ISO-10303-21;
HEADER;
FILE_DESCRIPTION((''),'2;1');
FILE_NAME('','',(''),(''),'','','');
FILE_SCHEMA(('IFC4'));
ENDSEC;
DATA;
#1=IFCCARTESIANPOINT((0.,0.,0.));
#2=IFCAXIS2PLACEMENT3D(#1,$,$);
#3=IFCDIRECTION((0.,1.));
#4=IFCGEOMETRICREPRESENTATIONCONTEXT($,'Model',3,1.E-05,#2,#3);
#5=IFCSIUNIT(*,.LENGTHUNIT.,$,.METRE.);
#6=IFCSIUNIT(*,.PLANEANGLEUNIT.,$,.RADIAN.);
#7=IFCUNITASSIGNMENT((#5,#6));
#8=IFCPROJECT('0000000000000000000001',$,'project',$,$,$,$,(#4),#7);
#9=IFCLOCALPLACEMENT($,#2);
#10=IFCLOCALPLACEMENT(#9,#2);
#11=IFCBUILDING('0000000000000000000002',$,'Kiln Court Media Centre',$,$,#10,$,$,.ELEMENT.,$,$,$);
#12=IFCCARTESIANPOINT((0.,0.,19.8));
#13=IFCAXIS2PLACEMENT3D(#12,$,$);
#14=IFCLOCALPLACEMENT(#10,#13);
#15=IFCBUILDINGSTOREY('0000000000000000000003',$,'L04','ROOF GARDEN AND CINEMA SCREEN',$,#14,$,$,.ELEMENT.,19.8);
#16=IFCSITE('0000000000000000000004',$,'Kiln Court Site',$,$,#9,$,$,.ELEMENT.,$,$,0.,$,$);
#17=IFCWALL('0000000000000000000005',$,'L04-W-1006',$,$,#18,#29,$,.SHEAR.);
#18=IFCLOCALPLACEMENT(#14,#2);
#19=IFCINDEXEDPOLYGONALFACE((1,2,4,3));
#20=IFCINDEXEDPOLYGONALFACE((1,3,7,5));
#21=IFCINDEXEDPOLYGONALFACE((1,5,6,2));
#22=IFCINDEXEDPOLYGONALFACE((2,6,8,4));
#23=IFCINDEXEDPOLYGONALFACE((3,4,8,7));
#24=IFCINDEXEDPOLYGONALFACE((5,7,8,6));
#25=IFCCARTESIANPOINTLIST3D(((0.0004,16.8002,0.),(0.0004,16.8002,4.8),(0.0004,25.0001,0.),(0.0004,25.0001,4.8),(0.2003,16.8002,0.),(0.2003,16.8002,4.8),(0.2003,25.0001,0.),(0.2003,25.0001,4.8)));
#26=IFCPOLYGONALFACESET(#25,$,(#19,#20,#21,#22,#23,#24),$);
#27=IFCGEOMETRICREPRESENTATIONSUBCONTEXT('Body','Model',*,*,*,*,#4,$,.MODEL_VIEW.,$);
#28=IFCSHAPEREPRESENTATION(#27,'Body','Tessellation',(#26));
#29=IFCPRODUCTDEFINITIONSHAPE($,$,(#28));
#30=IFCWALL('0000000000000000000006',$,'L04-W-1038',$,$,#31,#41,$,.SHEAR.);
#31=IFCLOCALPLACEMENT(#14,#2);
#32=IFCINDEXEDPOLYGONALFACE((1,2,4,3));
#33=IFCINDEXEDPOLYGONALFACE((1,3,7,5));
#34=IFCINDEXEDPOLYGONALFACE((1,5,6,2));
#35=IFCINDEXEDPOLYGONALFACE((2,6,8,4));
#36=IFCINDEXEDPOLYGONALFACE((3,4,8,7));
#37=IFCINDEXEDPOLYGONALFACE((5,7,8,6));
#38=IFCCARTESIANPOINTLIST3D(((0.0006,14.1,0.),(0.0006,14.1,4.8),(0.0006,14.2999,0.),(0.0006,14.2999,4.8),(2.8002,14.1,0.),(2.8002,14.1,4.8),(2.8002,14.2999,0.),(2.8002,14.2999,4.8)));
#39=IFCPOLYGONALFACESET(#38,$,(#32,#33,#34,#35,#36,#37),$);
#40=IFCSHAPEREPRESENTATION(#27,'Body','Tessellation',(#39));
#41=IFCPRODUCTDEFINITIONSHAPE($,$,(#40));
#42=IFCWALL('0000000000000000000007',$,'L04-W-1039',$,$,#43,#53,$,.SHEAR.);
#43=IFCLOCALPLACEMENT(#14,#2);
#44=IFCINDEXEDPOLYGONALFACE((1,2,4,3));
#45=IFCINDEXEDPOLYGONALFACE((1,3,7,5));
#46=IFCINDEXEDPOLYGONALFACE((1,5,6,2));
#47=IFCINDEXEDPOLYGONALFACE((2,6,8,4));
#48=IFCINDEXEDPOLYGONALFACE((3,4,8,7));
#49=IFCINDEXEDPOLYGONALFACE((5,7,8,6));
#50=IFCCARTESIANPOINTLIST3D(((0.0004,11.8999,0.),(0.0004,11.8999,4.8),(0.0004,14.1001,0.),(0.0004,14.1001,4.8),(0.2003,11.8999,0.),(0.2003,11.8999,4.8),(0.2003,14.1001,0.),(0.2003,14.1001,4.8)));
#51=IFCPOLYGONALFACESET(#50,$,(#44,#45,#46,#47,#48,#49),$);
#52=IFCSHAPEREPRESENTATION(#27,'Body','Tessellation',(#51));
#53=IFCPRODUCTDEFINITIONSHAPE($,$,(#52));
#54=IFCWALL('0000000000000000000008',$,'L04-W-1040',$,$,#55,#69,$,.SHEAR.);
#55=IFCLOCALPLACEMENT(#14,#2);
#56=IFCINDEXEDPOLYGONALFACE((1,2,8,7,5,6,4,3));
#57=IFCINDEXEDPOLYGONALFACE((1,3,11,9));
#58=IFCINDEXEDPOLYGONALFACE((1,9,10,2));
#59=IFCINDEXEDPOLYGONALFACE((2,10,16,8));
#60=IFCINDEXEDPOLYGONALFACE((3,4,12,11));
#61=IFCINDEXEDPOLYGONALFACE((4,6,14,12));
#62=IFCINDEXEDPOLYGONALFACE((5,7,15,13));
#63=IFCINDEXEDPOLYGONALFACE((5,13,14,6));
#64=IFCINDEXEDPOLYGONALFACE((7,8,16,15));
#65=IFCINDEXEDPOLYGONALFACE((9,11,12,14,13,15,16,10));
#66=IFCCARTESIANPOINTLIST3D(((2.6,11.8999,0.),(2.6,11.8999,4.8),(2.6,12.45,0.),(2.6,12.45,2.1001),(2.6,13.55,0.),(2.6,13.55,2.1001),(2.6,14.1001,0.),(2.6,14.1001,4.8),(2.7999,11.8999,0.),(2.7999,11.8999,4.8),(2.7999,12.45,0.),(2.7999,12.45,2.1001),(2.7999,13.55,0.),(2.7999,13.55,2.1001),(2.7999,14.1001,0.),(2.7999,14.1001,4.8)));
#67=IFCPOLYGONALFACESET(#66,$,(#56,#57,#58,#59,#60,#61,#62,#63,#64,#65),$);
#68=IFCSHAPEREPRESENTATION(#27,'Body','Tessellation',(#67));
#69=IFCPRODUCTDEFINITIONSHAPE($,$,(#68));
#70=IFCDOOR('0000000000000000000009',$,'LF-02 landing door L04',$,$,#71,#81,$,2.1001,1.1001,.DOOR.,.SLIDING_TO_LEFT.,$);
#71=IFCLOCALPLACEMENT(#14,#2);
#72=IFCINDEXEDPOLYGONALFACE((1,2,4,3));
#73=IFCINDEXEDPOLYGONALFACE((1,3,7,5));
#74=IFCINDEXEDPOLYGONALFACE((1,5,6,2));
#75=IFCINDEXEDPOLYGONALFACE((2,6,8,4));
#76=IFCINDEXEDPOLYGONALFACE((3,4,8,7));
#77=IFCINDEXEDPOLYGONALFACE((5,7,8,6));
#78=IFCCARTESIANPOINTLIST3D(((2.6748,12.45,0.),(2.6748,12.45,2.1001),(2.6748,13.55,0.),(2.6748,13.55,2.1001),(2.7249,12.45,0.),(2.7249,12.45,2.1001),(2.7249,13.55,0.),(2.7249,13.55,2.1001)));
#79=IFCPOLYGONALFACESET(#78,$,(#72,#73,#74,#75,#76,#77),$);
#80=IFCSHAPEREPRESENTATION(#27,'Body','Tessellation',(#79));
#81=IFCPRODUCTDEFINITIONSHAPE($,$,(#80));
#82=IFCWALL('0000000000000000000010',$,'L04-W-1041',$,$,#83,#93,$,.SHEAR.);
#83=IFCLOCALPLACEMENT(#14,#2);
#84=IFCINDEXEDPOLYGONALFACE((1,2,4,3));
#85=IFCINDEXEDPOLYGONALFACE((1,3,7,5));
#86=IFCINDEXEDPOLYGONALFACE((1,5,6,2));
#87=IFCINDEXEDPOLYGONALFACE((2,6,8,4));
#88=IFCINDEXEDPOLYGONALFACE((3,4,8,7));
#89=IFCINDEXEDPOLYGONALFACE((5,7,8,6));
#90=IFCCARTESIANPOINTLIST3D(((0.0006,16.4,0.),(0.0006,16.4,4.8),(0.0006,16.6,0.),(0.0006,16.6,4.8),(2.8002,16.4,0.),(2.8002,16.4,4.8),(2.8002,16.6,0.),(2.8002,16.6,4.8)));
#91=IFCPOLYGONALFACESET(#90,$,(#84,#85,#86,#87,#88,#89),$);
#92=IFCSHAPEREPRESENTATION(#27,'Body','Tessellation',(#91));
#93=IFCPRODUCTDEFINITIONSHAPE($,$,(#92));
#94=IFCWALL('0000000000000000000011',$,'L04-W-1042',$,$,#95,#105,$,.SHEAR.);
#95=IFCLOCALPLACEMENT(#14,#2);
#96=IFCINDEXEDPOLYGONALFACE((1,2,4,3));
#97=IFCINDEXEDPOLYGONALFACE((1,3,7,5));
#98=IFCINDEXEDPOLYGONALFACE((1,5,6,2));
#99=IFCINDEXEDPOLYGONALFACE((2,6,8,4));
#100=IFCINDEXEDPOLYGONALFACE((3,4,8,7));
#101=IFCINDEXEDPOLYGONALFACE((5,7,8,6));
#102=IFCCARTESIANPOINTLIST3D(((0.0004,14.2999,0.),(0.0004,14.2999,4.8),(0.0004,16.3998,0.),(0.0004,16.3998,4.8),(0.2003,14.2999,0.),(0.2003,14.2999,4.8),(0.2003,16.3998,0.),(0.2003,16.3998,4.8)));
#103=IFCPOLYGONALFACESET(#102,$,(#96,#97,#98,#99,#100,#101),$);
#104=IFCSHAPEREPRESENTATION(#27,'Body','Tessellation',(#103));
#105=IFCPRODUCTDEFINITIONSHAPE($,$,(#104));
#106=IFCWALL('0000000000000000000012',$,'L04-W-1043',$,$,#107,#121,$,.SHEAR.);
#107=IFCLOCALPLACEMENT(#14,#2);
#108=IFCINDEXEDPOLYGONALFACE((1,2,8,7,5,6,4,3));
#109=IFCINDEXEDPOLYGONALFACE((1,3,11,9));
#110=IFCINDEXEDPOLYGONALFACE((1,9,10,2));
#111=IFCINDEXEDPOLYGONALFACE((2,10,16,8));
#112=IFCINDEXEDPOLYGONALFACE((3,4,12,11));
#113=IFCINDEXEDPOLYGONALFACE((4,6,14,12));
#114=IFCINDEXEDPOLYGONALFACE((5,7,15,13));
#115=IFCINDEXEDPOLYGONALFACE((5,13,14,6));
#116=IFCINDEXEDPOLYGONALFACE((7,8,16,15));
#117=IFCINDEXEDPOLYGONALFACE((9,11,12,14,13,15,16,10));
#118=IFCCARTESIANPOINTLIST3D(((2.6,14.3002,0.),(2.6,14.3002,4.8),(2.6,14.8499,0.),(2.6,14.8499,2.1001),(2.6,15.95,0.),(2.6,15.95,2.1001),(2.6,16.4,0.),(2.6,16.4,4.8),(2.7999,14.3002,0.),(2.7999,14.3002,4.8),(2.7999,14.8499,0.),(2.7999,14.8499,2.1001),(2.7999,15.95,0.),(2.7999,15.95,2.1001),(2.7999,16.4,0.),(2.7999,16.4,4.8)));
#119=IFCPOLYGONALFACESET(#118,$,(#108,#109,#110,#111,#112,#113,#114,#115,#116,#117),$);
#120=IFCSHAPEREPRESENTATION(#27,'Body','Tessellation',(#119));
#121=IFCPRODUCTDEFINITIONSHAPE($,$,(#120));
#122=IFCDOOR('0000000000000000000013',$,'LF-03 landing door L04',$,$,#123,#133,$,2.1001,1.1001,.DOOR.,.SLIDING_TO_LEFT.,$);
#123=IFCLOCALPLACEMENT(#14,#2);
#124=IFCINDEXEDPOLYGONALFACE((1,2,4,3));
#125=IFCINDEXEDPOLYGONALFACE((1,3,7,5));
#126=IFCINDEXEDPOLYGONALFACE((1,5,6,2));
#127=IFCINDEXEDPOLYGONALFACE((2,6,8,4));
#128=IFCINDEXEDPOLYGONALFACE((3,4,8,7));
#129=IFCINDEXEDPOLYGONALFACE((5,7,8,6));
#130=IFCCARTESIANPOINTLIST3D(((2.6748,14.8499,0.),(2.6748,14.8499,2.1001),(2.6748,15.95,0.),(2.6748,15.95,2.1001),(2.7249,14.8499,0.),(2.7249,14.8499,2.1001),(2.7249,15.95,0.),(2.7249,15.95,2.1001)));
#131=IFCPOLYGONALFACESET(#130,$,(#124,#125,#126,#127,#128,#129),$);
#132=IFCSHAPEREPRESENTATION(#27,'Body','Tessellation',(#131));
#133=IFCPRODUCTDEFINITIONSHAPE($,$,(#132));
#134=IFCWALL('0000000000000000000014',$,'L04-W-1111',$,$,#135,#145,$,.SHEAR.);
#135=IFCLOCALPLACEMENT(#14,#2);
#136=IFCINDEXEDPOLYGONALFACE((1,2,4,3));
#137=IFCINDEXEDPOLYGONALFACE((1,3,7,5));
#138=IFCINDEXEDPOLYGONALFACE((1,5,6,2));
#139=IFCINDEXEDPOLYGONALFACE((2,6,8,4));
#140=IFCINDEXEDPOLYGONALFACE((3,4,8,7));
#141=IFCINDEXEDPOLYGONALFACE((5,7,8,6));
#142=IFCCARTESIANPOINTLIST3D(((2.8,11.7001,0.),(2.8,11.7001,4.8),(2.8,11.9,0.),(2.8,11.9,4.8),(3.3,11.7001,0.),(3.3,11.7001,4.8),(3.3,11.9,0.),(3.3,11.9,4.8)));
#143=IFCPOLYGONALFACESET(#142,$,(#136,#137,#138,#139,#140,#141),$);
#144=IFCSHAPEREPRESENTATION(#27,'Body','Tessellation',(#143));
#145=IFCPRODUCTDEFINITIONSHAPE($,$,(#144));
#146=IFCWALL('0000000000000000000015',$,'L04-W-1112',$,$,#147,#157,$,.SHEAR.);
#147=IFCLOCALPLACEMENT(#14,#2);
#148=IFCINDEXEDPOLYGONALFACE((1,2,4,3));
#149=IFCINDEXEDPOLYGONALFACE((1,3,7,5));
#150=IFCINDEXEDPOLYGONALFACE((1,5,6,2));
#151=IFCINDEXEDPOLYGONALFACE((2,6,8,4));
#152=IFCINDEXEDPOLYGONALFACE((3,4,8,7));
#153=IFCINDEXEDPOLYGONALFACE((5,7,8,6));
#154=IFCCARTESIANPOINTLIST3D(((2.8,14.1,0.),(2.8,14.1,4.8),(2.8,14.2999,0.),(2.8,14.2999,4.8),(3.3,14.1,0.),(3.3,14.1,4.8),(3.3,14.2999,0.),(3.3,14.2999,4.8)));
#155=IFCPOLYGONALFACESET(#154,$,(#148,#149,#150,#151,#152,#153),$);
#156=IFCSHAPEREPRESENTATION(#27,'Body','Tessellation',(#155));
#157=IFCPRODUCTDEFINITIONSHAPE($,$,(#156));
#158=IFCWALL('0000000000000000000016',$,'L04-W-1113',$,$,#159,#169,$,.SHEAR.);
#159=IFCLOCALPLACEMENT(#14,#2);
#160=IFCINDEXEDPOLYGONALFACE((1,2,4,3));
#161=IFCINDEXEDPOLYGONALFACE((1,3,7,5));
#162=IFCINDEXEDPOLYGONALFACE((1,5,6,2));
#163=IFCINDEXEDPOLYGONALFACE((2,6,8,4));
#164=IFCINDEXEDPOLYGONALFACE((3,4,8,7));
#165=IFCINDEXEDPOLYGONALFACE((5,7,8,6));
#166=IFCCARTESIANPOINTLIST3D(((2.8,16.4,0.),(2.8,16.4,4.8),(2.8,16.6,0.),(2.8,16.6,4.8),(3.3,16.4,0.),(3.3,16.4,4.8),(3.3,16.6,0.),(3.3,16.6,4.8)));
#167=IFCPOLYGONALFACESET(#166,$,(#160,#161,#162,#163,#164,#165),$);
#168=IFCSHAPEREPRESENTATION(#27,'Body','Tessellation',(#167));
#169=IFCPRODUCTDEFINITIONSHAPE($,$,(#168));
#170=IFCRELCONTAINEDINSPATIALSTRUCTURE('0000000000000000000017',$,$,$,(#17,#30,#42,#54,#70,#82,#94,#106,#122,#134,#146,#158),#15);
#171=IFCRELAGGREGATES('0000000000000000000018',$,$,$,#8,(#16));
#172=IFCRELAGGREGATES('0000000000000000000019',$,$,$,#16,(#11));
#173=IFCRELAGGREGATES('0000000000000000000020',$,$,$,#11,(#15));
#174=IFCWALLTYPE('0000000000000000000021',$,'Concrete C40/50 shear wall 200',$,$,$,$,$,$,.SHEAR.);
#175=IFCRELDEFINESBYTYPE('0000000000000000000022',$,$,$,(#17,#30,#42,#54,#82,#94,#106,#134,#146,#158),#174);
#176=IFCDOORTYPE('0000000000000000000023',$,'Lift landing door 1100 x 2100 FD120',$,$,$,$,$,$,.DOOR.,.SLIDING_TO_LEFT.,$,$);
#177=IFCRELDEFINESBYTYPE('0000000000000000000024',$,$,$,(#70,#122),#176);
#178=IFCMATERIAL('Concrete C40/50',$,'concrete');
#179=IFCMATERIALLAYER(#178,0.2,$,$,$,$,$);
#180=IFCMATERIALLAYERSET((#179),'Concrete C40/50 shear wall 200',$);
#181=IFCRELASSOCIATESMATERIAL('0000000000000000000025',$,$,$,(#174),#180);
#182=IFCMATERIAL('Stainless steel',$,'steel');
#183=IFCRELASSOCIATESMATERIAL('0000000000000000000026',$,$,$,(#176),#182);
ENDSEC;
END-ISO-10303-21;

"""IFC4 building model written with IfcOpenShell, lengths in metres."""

from ifc_helpers import new_model, si_unit, direction, frame, frame_2d, origin, place, context, subcontext, project, spatial, rectangle, extrude, material, layer, layer_set, type_object, element, fill, save


model = new_model("IFC4")

# Units and contexts
model_context = context("Model", 3, precision=1e-05, world=origin(), true_north=direction((0.0, 1.0)))
body_context = subcontext(model_context, "Body", "Model", "MODEL_VIEW")
ifc_project = project(units=[si_unit("LENGTHUNIT", "METRE"), si_unit("PLANEANGLEUNIT", "RADIAN")], contexts=[model_context])

# Site, building, storey
site_placement = place(None, origin())
site = spatial("IfcSite", under=ifc_project, at=site_placement, Name="Kiln Court Site", CompositionType="ELEMENT", RefElevation=0.0)
building_placement = place(site_placement, origin())
building = spatial("IfcBuilding", under=site, at=building_placement, Name="Kiln Court Media Centre", CompositionType="ELEMENT")
storey_placement = place(building_placement, frame((0.0, 0.0, 19.8)))
storey = spatial("IfcBuildingStorey", under=building, at=storey_placement, Name="L04", Description="ROOF GARDEN AND CINEMA SCREEN", CompositionType="ELEMENT", Elevation=19.8)

# Walls
ifc_material_1 = material(Name="Concrete C40/50", Category="concrete")
ifc_layer_1 = layer(ifc_material_1, 0.2)
ifc_layer_set_1 = layer_set([ifc_layer_1], Name="Concrete C40/50 shear wall 200")
wall_type_1 = type_object("IfcWallType", Name="Concrete C40/50 shear wall 200", PredefinedType="SHEAR", material=ifc_layer_set_1)
wall_1_placement = place(storey_placement, frame((0.1003, 16.8, 0.0), z_axis=(0.0, 0.0, 1.0), x_axis=(0.0, 1.0, 0.0)))
element("IfcWall", 1, at=wall_1_placement, inside=storey, type_object=wall_type_1, Name="L04-W-1006", PredefinedType="SHEAR", context=body_context, shape_type="SweptSolid", body=[
    extrude(rectangle(XDim=8.2, YDim=0.2, at=frame_2d((4.1001, 0.0))), origin(), (0.0, 0.0, 1.0), 4.8),
])
wall_2_placement = place(storey_placement, frame((0.0005, 14.2, 0.0), z_axis=(0.0, 0.0, 1.0), x_axis=(1.0, 0.0, 0.0)))
element("IfcWall", 2, at=wall_2_placement, inside=storey, type_object=wall_type_1, Name="L04-W-1038", PredefinedType="SHEAR", context=body_context, shape_type="SweptSolid", body=[
    extrude(rectangle(XDim=2.7996, YDim=0.2, at=frame_2d((1.3999, 0.0))), origin(), (0.0, 0.0, 1.0), 4.8),
])
wall_3_placement = place(storey_placement, frame((0.1003, 11.8999, 0.0), z_axis=(0.0, 0.0, 1.0), x_axis=(0.0, 1.0, 0.0)))
element("IfcWall", 3, at=wall_3_placement, inside=storey, type_object=wall_type_1, Name="L04-W-1039", PredefinedType="SHEAR", context=body_context, shape_type="SweptSolid", body=[
    extrude(rectangle(XDim=2.2002, YDim=0.2, at=frame_2d((1.1001, 0.0))), origin(), (0.0, 0.0, 1.0), 4.8),
])

# Wall, opening, door
wall_4_placement = place(storey_placement, frame((2.7, 14.1001, 0.0), z_axis=(0.0, 0.0, 1.0), x_axis=(0.0, -1.0, 0.0)))
wall_4 = element("IfcWall", 4, at=wall_4_placement, inside=storey, type_object=wall_type_1, Name="L04-W-1040", PredefinedType="SHEAR", context=body_context, shape_type="SweptSolid", body=[
    extrude(rectangle(XDim=2.2002, YDim=0.2, at=frame_2d((1.1001, 0.0))), origin(), (0.0, 0.0, 1.0), 4.8),
])
opening_1_placement = place(wall_4_placement, frame((0.55, 0.0, 0.0)))
opening_1 = element("IfcOpeningElement", 5, at=opening_1_placement, cuts=wall_4, PredefinedType="OPENING", context=body_context, shape_type="SweptSolid", body=[
    extrude(rectangle(XDim=1.1001, YDim=2.1001, at=frame_2d((0.55, 1.05))), frame((0.0, 0.1099, 0.0), z_axis=(0.0, -1.0, 0.0), x_axis=(1.0, 0.0, 0.0)), (0.0, 0.0, 1.0), 0.22),
])
ifc_material_2 = material(Name="Stainless steel", Category="steel")
door_type_1 = type_object("IfcDoorType", Name="Lift landing door 1100 x 2100 FD120", OperationType="SLIDING_TO_LEFT", PredefinedType="DOOR", material=ifc_material_2)
door_1_placement = place(opening_1_placement, origin())
door_1 = element("IfcDoor", 6, at=door_1_placement, inside=storey, type_object=door_type_1, Name="LF-02 landing door L04", OperationType="SLIDING_TO_LEFT", OverallHeight=2.1001, OverallWidth=1.1001, PredefinedType="DOOR", context=body_context, shape_type="SweptSolid", body=[
    extrude(rectangle(XDim=1.1001, YDim=2.1001, at=frame_2d((0.55, 1.05))), frame((0.0, 0.0249, 0.0), z_axis=(0.0, -1.0, 0.0), x_axis=(1.0, 0.0, 0.0)), (0.0, 0.0, 1.0), 0.05),
])
fill(opening_1, door_1)

# Walls
wall_5_placement = place(storey_placement, frame((0.0005, 16.5, 0.0), z_axis=(0.0, 0.0, 1.0), x_axis=(1.0, 0.0, 0.0)))
element("IfcWall", 7, at=wall_5_placement, inside=storey, type_object=wall_type_1, Name="L04-W-1041", PredefinedType="SHEAR", context=body_context, shape_type="SweptSolid", body=[
    extrude(rectangle(XDim=2.7996, YDim=0.2, at=frame_2d((1.3999, 0.0))), origin(), (0.0, 0.0, 1.0), 4.8),
])
wall_6_placement = place(storey_placement, frame((0.1003, 14.3, 0.0), z_axis=(0.0, 0.0, 1.0), x_axis=(0.0, 1.0, 0.0)))
element("IfcWall", 8, at=wall_6_placement, inside=storey, type_object=wall_type_1, Name="L04-W-1042", PredefinedType="SHEAR", context=body_context, shape_type="SweptSolid", body=[
    extrude(rectangle(XDim=2.0999, YDim=0.2, at=frame_2d((1.0498, 0.0))), origin(), (0.0, 0.0, 1.0), 4.8),
])

# Wall, opening, door
wall_7_placement = place(storey_placement, frame((2.7, 16.3999, 0.0), z_axis=(0.0, 0.0, 1.0), x_axis=(0.0, -1.0, 0.0)))
wall_7 = element("IfcWall", 9, at=wall_7_placement, inside=storey, type_object=wall_type_1, Name="L04-W-1043", PredefinedType="SHEAR", context=body_context, shape_type="SweptSolid", body=[
    extrude(rectangle(XDim=2.0999, YDim=0.2, at=frame_2d((1.0498, 0.0))), origin(), (0.0, 0.0, 1.0), 4.8),
])
opening_2_placement = place(wall_7_placement, frame((0.45, 0.0, 0.0)))
opening_2 = element("IfcOpeningElement", 10, at=opening_2_placement, cuts=wall_7, PredefinedType="OPENING", context=body_context, shape_type="SweptSolid", body=[
    extrude(rectangle(XDim=1.1001, YDim=2.1001, at=frame_2d((0.55, 1.05))), frame((0.0, 0.1099, 0.0), z_axis=(0.0, -1.0, 0.0), x_axis=(1.0, 0.0, 0.0)), (0.0, 0.0, 1.0), 0.22),
])
door_2_placement = place(opening_2_placement, origin())
door_2 = element("IfcDoor", 11, at=door_2_placement, inside=storey, type_object=door_type_1, Name="LF-03 landing door L04", OperationType="SLIDING_TO_LEFT", OverallHeight=2.1001, OverallWidth=1.1001, PredefinedType="DOOR", context=body_context, shape_type="SweptSolid", body=[
    extrude(rectangle(XDim=1.1001, YDim=2.1001, at=frame_2d((0.55, 1.05))), frame((0.0, 0.0249, 0.0), z_axis=(0.0, -1.0, 0.0), x_axis=(1.0, 0.0, 0.0)), (0.0, 0.0, 1.0), 0.05),
])
fill(opening_2, door_2)

# Walls
for number, where, z_axis, x_axis, name in (
    (12, (2.8, 11.8, 0.0), (0.0, 0.0, 1.0), (1.0, 0.0, 0.0), "L04-W-1111"),
    (13, (2.8, 14.2, 0.0), (0.0, 0.0, 1.0), (1.0, 0.0, 0.0), "L04-W-1112"),
    (14, (2.8, 16.5, 0.0), (0.0, 0.0, 1.0), (1.0, 0.0, 0.0), "L04-W-1113"),
):
    element("IfcWall", number, at=place(storey_placement, frame(where, z_axis=z_axis, x_axis=x_axis)), inside=storey, type_object=wall_type_1, Name=name, PredefinedType="SHEAR", context=body_context, shape_type="SweptSolid", body=[
        extrude(rectangle(XDim=0.5, YDim=0.2, at=frame_2d((0.25, 0.0))), origin(), (0.0, 0.0, 1.0), 4.8),
    ])

save(model, "model.ifc")
